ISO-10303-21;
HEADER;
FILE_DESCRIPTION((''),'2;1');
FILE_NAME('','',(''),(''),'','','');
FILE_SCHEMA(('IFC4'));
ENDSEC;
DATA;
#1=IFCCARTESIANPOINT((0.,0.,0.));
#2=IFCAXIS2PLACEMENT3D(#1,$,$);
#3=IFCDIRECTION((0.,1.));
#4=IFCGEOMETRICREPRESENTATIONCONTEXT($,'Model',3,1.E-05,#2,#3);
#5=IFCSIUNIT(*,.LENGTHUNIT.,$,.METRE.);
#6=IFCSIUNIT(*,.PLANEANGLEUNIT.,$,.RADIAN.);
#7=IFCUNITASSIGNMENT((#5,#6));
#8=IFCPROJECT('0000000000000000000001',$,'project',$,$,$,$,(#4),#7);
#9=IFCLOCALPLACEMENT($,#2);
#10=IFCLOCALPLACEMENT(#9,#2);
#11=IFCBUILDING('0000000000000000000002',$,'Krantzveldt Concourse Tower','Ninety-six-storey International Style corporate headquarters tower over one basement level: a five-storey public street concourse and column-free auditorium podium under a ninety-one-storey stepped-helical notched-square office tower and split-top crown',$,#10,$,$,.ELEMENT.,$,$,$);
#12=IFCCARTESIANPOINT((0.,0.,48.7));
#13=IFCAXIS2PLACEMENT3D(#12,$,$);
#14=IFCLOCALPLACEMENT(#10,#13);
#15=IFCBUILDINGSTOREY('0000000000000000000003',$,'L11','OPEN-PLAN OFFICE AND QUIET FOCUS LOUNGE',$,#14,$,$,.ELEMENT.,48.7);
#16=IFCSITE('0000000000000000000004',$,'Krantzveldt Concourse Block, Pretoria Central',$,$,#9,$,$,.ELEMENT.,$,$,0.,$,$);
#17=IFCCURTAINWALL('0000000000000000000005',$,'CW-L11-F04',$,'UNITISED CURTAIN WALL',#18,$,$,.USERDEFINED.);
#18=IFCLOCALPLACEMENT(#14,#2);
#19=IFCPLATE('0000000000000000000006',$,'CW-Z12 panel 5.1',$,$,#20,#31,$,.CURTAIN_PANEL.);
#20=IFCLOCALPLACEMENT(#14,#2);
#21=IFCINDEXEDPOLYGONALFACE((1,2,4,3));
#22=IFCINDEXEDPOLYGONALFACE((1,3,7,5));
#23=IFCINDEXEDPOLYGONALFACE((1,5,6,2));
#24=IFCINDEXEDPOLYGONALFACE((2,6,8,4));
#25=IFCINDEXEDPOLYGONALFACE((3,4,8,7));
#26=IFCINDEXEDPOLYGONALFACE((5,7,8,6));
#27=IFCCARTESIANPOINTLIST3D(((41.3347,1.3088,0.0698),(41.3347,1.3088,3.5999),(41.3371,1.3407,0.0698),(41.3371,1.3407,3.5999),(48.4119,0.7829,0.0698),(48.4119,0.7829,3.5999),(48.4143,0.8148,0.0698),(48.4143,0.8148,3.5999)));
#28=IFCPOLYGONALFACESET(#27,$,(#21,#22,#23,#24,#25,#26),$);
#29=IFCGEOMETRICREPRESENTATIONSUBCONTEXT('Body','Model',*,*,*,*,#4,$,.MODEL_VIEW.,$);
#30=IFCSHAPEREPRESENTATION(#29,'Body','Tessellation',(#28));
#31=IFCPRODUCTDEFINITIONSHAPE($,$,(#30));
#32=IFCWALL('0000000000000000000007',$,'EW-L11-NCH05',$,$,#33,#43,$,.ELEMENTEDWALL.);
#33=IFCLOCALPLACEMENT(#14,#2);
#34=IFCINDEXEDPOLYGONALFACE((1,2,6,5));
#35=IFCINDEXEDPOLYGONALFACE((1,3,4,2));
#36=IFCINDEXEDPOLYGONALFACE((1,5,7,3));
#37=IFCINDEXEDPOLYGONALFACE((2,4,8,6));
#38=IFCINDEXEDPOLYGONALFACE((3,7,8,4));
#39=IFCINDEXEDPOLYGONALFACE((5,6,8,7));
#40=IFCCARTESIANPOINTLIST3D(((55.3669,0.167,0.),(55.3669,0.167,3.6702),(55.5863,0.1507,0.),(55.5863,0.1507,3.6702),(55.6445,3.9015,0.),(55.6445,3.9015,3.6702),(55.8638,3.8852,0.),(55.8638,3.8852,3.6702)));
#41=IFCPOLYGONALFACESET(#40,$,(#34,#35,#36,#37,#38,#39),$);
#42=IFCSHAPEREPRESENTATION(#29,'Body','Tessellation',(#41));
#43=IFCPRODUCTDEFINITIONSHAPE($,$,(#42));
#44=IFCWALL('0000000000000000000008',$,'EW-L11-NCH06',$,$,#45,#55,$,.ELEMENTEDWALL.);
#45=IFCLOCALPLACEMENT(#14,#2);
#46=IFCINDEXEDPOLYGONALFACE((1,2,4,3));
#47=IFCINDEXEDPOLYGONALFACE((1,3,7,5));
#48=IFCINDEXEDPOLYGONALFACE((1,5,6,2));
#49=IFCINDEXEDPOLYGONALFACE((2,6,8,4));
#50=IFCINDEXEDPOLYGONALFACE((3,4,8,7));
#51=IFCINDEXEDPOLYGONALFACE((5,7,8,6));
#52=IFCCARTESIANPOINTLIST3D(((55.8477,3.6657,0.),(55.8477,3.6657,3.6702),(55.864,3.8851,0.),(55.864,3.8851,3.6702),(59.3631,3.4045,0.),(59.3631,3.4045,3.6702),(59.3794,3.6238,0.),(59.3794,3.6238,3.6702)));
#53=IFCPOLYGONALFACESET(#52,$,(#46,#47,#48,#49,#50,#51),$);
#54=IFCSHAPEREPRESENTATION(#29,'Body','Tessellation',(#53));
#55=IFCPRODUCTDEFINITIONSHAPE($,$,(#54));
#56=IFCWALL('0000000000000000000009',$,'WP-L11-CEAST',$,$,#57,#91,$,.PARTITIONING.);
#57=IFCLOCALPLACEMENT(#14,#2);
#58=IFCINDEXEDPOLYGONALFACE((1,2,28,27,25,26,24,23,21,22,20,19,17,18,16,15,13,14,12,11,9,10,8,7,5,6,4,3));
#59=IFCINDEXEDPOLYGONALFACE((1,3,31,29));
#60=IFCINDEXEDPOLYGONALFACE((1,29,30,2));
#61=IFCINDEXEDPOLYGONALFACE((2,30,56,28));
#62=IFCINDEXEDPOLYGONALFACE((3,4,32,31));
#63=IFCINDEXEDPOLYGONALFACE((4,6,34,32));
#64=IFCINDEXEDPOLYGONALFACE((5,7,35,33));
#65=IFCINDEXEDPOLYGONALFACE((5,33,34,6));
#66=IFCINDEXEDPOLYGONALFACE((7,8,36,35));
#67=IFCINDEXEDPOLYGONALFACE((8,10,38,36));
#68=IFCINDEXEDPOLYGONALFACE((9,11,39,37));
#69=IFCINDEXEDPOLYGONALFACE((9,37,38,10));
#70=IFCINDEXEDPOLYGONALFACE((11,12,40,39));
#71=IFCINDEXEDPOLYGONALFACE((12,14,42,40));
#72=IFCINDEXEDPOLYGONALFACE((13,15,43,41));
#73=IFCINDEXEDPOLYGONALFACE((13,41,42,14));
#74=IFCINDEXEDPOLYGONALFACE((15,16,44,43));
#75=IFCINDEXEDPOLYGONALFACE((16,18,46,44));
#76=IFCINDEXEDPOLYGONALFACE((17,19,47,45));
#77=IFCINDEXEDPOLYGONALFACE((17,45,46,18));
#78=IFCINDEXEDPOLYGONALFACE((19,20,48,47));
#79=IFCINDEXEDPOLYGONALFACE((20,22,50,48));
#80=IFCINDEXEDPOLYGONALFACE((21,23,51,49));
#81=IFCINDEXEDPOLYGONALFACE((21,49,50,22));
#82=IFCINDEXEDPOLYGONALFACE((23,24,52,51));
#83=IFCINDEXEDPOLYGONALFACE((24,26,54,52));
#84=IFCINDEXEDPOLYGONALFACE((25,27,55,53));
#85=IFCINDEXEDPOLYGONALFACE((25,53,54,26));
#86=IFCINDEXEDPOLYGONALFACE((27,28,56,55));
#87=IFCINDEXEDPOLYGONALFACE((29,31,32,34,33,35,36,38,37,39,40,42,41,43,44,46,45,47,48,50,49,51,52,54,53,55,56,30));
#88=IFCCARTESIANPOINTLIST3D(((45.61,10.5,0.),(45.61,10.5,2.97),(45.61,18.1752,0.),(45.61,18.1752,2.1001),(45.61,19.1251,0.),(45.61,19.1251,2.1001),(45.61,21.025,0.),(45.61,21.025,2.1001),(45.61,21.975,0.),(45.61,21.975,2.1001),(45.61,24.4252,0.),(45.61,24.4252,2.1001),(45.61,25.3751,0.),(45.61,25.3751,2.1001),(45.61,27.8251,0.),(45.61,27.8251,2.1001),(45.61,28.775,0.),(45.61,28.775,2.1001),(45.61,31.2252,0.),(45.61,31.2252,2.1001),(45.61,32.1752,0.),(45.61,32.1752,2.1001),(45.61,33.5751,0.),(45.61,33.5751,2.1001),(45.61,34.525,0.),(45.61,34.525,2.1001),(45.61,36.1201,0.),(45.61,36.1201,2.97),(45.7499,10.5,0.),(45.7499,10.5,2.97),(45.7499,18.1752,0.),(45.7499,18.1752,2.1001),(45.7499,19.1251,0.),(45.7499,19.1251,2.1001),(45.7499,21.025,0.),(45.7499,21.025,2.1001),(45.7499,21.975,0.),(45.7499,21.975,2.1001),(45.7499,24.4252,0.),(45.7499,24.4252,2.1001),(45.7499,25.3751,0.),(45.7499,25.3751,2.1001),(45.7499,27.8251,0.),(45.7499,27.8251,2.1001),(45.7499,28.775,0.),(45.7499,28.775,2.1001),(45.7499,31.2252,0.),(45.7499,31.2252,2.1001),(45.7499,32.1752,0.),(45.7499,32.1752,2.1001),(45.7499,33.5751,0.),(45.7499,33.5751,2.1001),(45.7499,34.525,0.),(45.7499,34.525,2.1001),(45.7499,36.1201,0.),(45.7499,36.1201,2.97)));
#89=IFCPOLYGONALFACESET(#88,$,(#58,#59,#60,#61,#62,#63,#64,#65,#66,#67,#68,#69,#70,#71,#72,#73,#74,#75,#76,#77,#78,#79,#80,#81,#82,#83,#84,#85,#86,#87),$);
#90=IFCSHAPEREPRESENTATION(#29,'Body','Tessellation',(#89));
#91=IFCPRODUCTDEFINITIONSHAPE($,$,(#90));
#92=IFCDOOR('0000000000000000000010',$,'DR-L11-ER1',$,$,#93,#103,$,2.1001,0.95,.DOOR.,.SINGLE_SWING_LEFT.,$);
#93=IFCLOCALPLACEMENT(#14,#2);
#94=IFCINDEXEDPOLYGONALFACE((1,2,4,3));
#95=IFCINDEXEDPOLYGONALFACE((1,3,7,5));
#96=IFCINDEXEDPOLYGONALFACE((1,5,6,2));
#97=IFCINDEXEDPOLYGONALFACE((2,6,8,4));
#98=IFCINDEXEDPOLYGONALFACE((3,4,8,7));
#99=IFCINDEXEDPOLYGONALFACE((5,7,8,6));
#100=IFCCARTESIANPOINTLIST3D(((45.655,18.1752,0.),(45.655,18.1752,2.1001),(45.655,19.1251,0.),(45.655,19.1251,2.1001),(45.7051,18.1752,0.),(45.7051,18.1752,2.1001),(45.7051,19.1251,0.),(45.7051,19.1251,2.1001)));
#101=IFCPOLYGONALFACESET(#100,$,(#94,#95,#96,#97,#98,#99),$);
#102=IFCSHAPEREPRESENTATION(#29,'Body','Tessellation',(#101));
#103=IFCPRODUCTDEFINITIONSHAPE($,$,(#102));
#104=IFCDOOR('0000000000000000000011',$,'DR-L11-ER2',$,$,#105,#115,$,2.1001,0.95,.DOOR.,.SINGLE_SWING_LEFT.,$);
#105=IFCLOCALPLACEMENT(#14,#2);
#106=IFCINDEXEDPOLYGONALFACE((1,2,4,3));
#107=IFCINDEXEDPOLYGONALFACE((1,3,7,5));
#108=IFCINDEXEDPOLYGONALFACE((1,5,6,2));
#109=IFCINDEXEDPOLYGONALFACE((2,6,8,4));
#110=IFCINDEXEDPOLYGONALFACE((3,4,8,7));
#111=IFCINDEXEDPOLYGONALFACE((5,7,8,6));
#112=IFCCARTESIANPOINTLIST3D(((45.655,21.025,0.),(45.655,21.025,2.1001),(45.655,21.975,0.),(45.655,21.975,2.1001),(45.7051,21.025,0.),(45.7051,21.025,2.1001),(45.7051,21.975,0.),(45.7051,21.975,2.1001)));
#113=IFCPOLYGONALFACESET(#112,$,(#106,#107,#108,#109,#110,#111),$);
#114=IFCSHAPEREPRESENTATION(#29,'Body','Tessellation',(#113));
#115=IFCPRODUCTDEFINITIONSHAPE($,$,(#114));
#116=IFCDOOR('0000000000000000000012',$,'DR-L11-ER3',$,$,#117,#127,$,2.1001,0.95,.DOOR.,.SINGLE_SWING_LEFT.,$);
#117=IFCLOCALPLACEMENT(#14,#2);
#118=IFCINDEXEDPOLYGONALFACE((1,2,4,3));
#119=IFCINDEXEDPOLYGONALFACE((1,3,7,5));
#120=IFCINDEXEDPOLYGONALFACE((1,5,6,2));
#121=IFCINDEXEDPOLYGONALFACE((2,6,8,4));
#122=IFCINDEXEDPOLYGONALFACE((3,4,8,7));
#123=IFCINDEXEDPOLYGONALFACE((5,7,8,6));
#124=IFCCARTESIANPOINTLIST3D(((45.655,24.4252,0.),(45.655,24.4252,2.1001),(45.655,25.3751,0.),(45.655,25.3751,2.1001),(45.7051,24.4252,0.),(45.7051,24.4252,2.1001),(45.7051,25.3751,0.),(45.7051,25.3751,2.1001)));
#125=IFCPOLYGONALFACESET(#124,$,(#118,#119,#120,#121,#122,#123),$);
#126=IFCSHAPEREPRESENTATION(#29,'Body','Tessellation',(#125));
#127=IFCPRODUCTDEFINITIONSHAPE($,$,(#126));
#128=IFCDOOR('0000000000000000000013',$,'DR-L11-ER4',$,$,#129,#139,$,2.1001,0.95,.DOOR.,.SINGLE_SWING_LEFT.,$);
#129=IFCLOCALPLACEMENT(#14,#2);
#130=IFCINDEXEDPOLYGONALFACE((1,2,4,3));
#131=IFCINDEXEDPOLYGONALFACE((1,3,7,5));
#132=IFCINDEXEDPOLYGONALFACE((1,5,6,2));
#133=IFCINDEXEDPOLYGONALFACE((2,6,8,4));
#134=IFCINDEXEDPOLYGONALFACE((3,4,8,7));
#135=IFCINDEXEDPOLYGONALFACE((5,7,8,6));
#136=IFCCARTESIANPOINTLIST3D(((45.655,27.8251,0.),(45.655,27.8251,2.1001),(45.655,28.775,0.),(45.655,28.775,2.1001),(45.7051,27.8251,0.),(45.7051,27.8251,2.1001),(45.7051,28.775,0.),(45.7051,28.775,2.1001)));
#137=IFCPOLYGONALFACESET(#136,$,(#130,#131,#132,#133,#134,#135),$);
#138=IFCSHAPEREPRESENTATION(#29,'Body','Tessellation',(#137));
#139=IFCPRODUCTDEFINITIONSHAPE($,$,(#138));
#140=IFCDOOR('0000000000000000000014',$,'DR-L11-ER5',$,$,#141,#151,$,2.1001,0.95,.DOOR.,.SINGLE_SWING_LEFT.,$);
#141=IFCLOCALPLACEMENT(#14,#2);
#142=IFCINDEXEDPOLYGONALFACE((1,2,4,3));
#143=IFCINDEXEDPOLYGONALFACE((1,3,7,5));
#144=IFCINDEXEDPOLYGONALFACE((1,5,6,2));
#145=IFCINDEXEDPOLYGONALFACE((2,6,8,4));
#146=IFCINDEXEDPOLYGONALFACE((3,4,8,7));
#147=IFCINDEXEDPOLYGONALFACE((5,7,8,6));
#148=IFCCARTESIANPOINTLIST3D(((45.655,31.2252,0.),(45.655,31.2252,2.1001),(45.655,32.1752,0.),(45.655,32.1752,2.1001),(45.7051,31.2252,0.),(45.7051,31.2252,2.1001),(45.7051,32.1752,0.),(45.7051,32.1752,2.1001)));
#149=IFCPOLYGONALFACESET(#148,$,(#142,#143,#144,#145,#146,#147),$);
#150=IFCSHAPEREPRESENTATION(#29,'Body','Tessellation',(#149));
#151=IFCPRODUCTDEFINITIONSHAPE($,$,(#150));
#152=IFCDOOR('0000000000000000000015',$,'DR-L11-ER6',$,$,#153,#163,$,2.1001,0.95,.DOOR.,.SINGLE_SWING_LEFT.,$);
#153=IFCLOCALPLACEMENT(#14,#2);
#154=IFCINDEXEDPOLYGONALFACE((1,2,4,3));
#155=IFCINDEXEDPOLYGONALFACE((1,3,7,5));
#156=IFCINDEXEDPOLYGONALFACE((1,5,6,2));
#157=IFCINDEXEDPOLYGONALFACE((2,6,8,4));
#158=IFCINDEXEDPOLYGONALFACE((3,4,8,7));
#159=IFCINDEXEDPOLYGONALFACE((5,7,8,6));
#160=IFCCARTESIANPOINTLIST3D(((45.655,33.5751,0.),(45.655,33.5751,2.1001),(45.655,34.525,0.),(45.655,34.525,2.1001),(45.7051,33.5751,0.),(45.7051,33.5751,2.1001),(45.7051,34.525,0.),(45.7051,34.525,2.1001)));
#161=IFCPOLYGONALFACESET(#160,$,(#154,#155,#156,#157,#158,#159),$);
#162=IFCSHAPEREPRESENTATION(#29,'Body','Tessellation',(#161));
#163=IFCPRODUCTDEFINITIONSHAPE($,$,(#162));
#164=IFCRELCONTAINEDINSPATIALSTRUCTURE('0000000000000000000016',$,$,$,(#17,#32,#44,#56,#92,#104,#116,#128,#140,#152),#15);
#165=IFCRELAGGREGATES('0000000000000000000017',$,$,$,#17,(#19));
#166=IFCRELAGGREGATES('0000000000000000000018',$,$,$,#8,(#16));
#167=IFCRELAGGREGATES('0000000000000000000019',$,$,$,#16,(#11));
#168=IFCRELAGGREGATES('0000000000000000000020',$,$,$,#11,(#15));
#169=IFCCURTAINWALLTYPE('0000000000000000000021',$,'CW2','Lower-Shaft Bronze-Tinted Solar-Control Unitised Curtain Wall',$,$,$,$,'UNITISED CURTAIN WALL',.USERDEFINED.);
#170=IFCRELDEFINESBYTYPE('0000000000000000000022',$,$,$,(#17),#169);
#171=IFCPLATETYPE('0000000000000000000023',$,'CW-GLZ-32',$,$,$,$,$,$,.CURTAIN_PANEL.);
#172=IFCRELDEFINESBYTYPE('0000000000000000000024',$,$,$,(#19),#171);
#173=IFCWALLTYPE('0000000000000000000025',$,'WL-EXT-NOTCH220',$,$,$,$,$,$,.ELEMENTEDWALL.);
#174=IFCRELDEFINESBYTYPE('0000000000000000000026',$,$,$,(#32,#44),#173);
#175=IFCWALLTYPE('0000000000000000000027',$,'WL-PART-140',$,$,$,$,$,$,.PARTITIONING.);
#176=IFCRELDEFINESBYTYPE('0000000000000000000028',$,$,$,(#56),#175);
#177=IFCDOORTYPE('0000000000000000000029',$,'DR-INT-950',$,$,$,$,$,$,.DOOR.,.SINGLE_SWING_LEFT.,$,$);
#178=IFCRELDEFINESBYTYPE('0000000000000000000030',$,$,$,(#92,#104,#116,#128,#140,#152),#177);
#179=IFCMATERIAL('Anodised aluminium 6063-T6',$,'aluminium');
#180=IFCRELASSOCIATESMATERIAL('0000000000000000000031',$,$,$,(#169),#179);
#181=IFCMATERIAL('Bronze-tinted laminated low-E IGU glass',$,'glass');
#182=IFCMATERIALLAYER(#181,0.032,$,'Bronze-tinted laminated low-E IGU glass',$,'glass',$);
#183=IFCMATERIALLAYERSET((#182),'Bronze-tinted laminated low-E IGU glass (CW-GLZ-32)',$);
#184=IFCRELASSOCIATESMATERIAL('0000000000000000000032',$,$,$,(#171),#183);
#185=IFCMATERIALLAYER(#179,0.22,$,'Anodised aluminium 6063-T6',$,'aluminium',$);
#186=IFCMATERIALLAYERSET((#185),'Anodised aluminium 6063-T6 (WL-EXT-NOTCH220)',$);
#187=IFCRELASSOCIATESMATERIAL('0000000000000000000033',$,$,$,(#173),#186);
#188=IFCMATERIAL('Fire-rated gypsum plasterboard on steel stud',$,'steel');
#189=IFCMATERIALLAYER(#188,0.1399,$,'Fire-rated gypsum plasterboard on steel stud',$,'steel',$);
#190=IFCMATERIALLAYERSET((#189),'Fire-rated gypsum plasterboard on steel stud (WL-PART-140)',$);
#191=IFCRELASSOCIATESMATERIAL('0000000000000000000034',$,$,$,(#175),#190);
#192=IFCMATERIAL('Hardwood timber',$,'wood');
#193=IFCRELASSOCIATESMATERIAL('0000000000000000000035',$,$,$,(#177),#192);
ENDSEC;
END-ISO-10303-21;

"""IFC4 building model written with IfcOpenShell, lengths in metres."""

from ifc_helpers import new_model, si_unit, direction, frame, frame_2d, origin, origin_2d, place, context, subcontext, project, spatial, rectangle, extrude, source, transform, mapped, material, layer, layer_set, type_object, element, fill, aggregate, save


model = new_model("IFC4")

# Units and contexts
model_context = context("Model", 3, precision=1e-05, world=origin(), true_north=direction((0.0, 1.0)))
body_context = subcontext(model_context, "Body", "Model", "MODEL_VIEW")
ifc_project = project(units=[si_unit("LENGTHUNIT", "METRE"), si_unit("PLANEANGLEUNIT", "RADIAN")], contexts=[model_context])

# Site, building, storey
site_placement = place(None, origin())
site = spatial("IfcSite", under=ifc_project, at=site_placement, Name="Krantzveldt Concourse Block, Pretoria Central", CompositionType="ELEMENT", RefElevation=0.0)
building_placement = place(site_placement, origin())
building = spatial("IfcBuilding", under=site, at=building_placement, Name="Krantzveldt Concourse Tower", Description="Ninety-six-storey International Style corporate headquarters tower over one basement level: a five-storey public street concourse and column-free auditorium podium under a ninety-one-storey stepped-helical notched-square office tower and split-top crown", CompositionType="ELEMENT")
storey_placement = place(building_placement, frame((0.0, 0.0, 48.7)))
storey = spatial("IfcBuildingStorey", under=building, at=storey_placement, Name="L11", Description="OPEN-PLAN OFFICE AND QUIET FOCUS LOUNGE", CompositionType="ELEMENT", Elevation=48.7)

# Curtain wall
ifc_material_1 = material(Name="Anodised aluminium 6063-T6", Category="aluminium")
curtain_wall_type = type_object("IfcCurtainWallType", Name="CW2", Description="Lower-Shaft Bronze-Tinted Solar-Control Unitised Curtain Wall", ElementType="UNITISED CURTAIN WALL", PredefinedType="USERDEFINED", material=ifc_material_1)
curtain_wall_1_placement = place(storey_placement, origin())
curtain_wall_1 = element("IfcCurtainWall", 1, at=curtain_wall_1_placement, inside=storey, type_object=curtain_wall_type, Name="CW-L11-F04", ObjectType="UNITISED CURTAIN WALL", PredefinedType="USERDEFINED")

# Plate
ifc_material_2 = material(Name="Bronze-tinted laminated low-E IGU glass", Category="glass")
ifc_layer_1 = layer(ifc_material_2, 0.032, Name="Bronze-tinted laminated low-E IGU glass", Category="glass")
ifc_layer_set_1 = layer_set([ifc_layer_1], Name="Bronze-tinted laminated low-E IGU glass (CW-GLZ-32)")
plate_type = type_object("IfcPlateType", Name="CW-GLZ-32", PredefinedType="CURTAIN_PANEL", material=ifc_layer_set_1)
shared_shape_1 = source(origin(), body_context, "Body", "SweptSolid", [
    extrude(rectangle(XDim=7.0967, YDim=0.032, at=origin_2d()), origin(), (0.0, 0.0, 1.0), 3.53),
])
plate_1_placement = place(storey_placement, frame((44.8745, 1.0618, 0.0698), z_axis=(0.0, 0.0, 1.0), x_axis=(0.99725, -0.074109, 0.0)))
plate_1 = element("IfcPlate", 2, at=plate_1_placement, type_object=plate_type, Name="CW-Z12 panel 5.1", PredefinedType="CURTAIN_PANEL", context=body_context, shape_type="MappedRepresentation", body=[
    mapped(shared_shape_1, transform((0.0, 0.0, 0.0), x_axis=(1.0, 0.0, 0.0), y_axis=(0.0, 1.0, 0.0), z_axis=(0.0, 0.0, 1.0), scale=1.0)),
])
aggregate(curtain_wall_1, [plate_1])

# Walls
ifc_layer_2 = layer(ifc_material_1, 0.22, Name="Anodised aluminium 6063-T6", Category="aluminium")
ifc_layer_set_2 = layer_set([ifc_layer_2], Name="Anodised aluminium 6063-T6 (WL-EXT-NOTCH220)")
wall_type_1 = type_object("IfcWallType", Name="WL-EXT-NOTCH220", PredefinedType="ELEMENTEDWALL", material=ifc_layer_set_2)
wall_1_placement = place(storey_placement, frame((55.4766, 0.1587, 0.0), z_axis=(0.0, 0.0, 1.0), x_axis=(0.074124, 0.997249, 0.0)))
element("IfcWall", 3, at=wall_1_placement, inside=storey, type_object=wall_type_1, Name="EW-L11-NCH05", PredefinedType="ELEMENTEDWALL", context=body_context, shape_type="SweptSolid", body=[
    extrude(rectangle(XDim=3.7449, YDim=0.22, at=frame_2d((1.8726, 0.0))), origin(), (0.0, 0.0, 1.0), 3.6702),
])
wall_2_placement = place(storey_placement, frame((55.8557, 3.7754, 0.0), z_axis=(0.0, 0.0, 1.0), x_axis=(0.99725, -0.074106, 0.0)))
element("IfcWall", 4, at=wall_2_placement, inside=storey, type_object=wall_type_1, Name="EW-L11-NCH06", PredefinedType="ELEMENTEDWALL", context=body_context, shape_type="SweptSolid", body=[
    extrude(rectangle(XDim=3.5251, YDim=0.22, at=frame_2d((1.7627, 0.0))), origin(), (0.0, 0.0, 1.0), 3.6702),
])

# Wall, openings, doors
ifc_material_3 = material(Name="Fire-rated gypsum plasterboard on steel stud", Category="steel")
ifc_layer_3 = layer(ifc_material_3, 0.1399, Name="Fire-rated gypsum plasterboard on steel stud", Category="steel")
ifc_layer_set_3 = layer_set([ifc_layer_3], Name="Fire-rated gypsum plasterboard on steel stud (WL-PART-140)")
wall_type_2 = type_object("IfcWallType", Name="WL-PART-140", PredefinedType="PARTITIONING", material=ifc_layer_set_3)
wall_3_placement = place(storey_placement, frame((45.6799, 10.5, 0.0), z_axis=(0.0, 0.0, 1.0), x_axis=(0.0, 1.0, 0.0)))
wall_3 = element("IfcWall", 5, at=wall_3_placement, inside=storey, type_object=wall_type_2, Name="WP-L11-CEAST", PredefinedType="PARTITIONING", context=body_context, shape_type="SweptSolid", body=[
    extrude(rectangle(XDim=25.6201, YDim=0.1399, at=frame_2d((12.8101, 0.0))), origin(), (0.0, 0.0, 1.0), 2.97),
])
opening_1_placement = place(wall_3_placement, frame((7.675, 0.0, 0.0)))
opening_1 = element("IfcOpeningElement", 6, at=opening_1_placement, cuts=wall_3, PredefinedType="OPENING", context=body_context, shape_type="SweptSolid", body=[
    extrude(rectangle(XDim=0.95, YDim=2.1001, at=frame_2d((0.4751, 1.05))), frame((0.0, 0.0801, 0.0), z_axis=(0.0, -1.0, 0.0), x_axis=(1.0, 0.0, 0.0)), (0.0, 0.0, 1.0), 0.1599),
])
opening_2_placement = place(wall_3_placement, frame((10.5249, 0.0, 0.0)))
opening_2 = element("IfcOpeningElement", 7, at=opening_2_placement, cuts=wall_3, PredefinedType="OPENING", context=body_context, shape_type="SweptSolid", body=[
    extrude(rectangle(XDim=0.95, YDim=2.1001, at=frame_2d((0.4751, 1.05))), frame((0.0, 0.0801, 0.0), z_axis=(0.0, -1.0, 0.0), x_axis=(1.0, 0.0, 0.0)), (0.0, 0.0, 1.0), 0.1599),
])
opening_3_placement = place(wall_3_placement, frame((13.925, 0.0, 0.0)))
opening_3 = element("IfcOpeningElement", 8, at=opening_3_placement, cuts=wall_3, PredefinedType="OPENING", context=body_context, shape_type="SweptSolid", body=[
    extrude(rectangle(XDim=0.95, YDim=2.1001, at=frame_2d((0.4751, 1.05))), frame((0.0, 0.0801, 0.0), z_axis=(0.0, -1.0, 0.0), x_axis=(1.0, 0.0, 0.0)), (0.0, 0.0, 1.0), 0.1599),
])
opening_4_placement = place(wall_3_placement, frame((17.325, 0.0, 0.0)))
opening_4 = element("IfcOpeningElement", 9, at=opening_4_placement, cuts=wall_3, PredefinedType="OPENING", context=body_context, shape_type="SweptSolid", body=[
    extrude(rectangle(XDim=0.95, YDim=2.1001, at=frame_2d((0.4751, 1.05))), frame((0.0, 0.0801, 0.0), z_axis=(0.0, -1.0, 0.0), x_axis=(1.0, 0.0, 0.0)), (0.0, 0.0, 1.0), 0.1599),
])
opening_5_placement = place(wall_3_placement, frame((20.7251, 0.0, 0.0)))
opening_5 = element("IfcOpeningElement", 10, at=opening_5_placement, cuts=wall_3, PredefinedType="OPENING", context=body_context, shape_type="SweptSolid", body=[
    extrude(rectangle(XDim=0.95, YDim=2.1001, at=frame_2d((0.4751, 1.05))), frame((0.0, 0.0801, 0.0), z_axis=(0.0, -1.0, 0.0), x_axis=(1.0, 0.0, 0.0)), (0.0, 0.0, 1.0), 0.1599),
])
opening_6_placement = place(wall_3_placement, frame((23.075, 0.0, 0.0)))
opening_6 = element("IfcOpeningElement", 11, at=opening_6_placement, cuts=wall_3, PredefinedType="OPENING", context=body_context, shape_type="SweptSolid", body=[
    extrude(rectangle(XDim=0.95, YDim=2.1001, at=frame_2d((0.4751, 1.05))), frame((0.0, 0.0801, 0.0), z_axis=(0.0, -1.0, 0.0), x_axis=(1.0, 0.0, 0.0)), (0.0, 0.0, 1.0), 0.1599),
])
ifc_material_4 = material(Name="Hardwood timber", Category="wood")
door_type = type_object("IfcDoorType", Name="DR-INT-950", OperationType="SINGLE_SWING_LEFT", PredefinedType="DOOR", material=ifc_material_4)
door_1_placement = place(opening_1_placement, origin())
door_1 = element("IfcDoor", 12, at=door_1_placement, inside=storey, type_object=door_type, Name="DR-L11-ER1", OperationType="SINGLE_SWING_LEFT", OverallHeight=2.1001, OverallWidth=0.95, PredefinedType="DOOR", context=body_context, shape_type="SweptSolid", body=[
    extrude(rectangle(XDim=0.95, YDim=2.1001, at=frame_2d((0.4751, 1.05))), frame((0.0, 0.0249, 0.0), z_axis=(0.0, -1.0, 0.0), x_axis=(1.0, 0.0, 0.0)), (0.0, 0.0, 1.0), 0.05),
])
fill(opening_1, door_1)
door_2_placement = place(opening_2_placement, origin())
door_2 = element("IfcDoor", 13, at=door_2_placement, inside=storey, type_object=door_type, Name="DR-L11-ER2", OperationType="SINGLE_SWING_LEFT", OverallHeight=2.1001, OverallWidth=0.95, PredefinedType="DOOR", context=body_context, shape_type="SweptSolid", body=[
    extrude(rectangle(XDim=0.95, YDim=2.1001, at=frame_2d((0.4751, 1.05))), frame((0.0, 0.0249, 0.0), z_axis=(0.0, -1.0, 0.0), x_axis=(1.0, 0.0, 0.0)), (0.0, 0.0, 1.0), 0.05),
])
fill(opening_2, door_2)
door_3_placement = place(opening_3_placement, origin())
door_3 = element("IfcDoor", 14, at=door_3_placement, inside=storey, type_object=door_type, Name="DR-L11-ER3", OperationType="SINGLE_SWING_LEFT", OverallHeight=2.1001, OverallWidth=0.95, PredefinedType="DOOR", context=body_context, shape_type="SweptSolid", body=[
    extrude(rectangle(XDim=0.95, YDim=2.1001, at=frame_2d((0.4751, 1.05))), frame((0.0, 0.0249, 0.0), z_axis=(0.0, -1.0, 0.0), x_axis=(1.0, 0.0, 0.0)), (0.0, 0.0, 1.0), 0.05),
])
fill(opening_3, door_3)
door_4_placement = place(opening_4_placement, origin())
door_4 = element("IfcDoor", 15, at=door_4_placement, inside=storey, type_object=door_type, Name="DR-L11-ER4", OperationType="SINGLE_SWING_LEFT", OverallHeight=2.1001, OverallWidth=0.95, PredefinedType="DOOR", context=body_context, shape_type="SweptSolid", body=[
    extrude(rectangle(XDim=0.95, YDim=2.1001, at=frame_2d((0.4751, 1.05))), frame((0.0, 0.0249, 0.0), z_axis=(0.0, -1.0, 0.0), x_axis=(1.0, 0.0, 0.0)), (0.0, 0.0, 1.0), 0.05),
])
fill(opening_4, door_4)
door_5_placement = place(opening_5_placement, origin())
door_5 = element("IfcDoor", 16, at=door_5_placement, inside=storey, type_object=door_type, Name="DR-L11-ER5", OperationType="SINGLE_SWING_LEFT", OverallHeight=2.1001, OverallWidth=0.95, PredefinedType="DOOR", context=body_context, shape_type="SweptSolid", body=[
    extrude(rectangle(XDim=0.95, YDim=2.1001, at=frame_2d((0.4751, 1.05))), frame((0.0, 0.0249, 0.0), z_axis=(0.0, -1.0, 0.0), x_axis=(1.0, 0.0, 0.0)), (0.0, 0.0, 1.0), 0.05),
])
fill(opening_5, door_5)
door_6_placement = place(opening_6_placement, origin())
door_6 = element("IfcDoor", 17, at=door_6_placement, inside=storey, type_object=door_type, Name="DR-L11-ER6", OperationType="SINGLE_SWING_LEFT", OverallHeight=2.1001, OverallWidth=0.95, PredefinedType="DOOR", context=body_context, shape_type="SweptSolid", body=[
    extrude(rectangle(XDim=0.95, YDim=2.1001, at=frame_2d((0.4751, 1.05))), frame((0.0, 0.0249, 0.0), z_axis=(0.0, -1.0, 0.0), x_axis=(1.0, 0.0, 0.0)), (0.0, 0.0, 1.0), 0.05),
])
fill(opening_6, door_6)

save(model, "model.ifc")
